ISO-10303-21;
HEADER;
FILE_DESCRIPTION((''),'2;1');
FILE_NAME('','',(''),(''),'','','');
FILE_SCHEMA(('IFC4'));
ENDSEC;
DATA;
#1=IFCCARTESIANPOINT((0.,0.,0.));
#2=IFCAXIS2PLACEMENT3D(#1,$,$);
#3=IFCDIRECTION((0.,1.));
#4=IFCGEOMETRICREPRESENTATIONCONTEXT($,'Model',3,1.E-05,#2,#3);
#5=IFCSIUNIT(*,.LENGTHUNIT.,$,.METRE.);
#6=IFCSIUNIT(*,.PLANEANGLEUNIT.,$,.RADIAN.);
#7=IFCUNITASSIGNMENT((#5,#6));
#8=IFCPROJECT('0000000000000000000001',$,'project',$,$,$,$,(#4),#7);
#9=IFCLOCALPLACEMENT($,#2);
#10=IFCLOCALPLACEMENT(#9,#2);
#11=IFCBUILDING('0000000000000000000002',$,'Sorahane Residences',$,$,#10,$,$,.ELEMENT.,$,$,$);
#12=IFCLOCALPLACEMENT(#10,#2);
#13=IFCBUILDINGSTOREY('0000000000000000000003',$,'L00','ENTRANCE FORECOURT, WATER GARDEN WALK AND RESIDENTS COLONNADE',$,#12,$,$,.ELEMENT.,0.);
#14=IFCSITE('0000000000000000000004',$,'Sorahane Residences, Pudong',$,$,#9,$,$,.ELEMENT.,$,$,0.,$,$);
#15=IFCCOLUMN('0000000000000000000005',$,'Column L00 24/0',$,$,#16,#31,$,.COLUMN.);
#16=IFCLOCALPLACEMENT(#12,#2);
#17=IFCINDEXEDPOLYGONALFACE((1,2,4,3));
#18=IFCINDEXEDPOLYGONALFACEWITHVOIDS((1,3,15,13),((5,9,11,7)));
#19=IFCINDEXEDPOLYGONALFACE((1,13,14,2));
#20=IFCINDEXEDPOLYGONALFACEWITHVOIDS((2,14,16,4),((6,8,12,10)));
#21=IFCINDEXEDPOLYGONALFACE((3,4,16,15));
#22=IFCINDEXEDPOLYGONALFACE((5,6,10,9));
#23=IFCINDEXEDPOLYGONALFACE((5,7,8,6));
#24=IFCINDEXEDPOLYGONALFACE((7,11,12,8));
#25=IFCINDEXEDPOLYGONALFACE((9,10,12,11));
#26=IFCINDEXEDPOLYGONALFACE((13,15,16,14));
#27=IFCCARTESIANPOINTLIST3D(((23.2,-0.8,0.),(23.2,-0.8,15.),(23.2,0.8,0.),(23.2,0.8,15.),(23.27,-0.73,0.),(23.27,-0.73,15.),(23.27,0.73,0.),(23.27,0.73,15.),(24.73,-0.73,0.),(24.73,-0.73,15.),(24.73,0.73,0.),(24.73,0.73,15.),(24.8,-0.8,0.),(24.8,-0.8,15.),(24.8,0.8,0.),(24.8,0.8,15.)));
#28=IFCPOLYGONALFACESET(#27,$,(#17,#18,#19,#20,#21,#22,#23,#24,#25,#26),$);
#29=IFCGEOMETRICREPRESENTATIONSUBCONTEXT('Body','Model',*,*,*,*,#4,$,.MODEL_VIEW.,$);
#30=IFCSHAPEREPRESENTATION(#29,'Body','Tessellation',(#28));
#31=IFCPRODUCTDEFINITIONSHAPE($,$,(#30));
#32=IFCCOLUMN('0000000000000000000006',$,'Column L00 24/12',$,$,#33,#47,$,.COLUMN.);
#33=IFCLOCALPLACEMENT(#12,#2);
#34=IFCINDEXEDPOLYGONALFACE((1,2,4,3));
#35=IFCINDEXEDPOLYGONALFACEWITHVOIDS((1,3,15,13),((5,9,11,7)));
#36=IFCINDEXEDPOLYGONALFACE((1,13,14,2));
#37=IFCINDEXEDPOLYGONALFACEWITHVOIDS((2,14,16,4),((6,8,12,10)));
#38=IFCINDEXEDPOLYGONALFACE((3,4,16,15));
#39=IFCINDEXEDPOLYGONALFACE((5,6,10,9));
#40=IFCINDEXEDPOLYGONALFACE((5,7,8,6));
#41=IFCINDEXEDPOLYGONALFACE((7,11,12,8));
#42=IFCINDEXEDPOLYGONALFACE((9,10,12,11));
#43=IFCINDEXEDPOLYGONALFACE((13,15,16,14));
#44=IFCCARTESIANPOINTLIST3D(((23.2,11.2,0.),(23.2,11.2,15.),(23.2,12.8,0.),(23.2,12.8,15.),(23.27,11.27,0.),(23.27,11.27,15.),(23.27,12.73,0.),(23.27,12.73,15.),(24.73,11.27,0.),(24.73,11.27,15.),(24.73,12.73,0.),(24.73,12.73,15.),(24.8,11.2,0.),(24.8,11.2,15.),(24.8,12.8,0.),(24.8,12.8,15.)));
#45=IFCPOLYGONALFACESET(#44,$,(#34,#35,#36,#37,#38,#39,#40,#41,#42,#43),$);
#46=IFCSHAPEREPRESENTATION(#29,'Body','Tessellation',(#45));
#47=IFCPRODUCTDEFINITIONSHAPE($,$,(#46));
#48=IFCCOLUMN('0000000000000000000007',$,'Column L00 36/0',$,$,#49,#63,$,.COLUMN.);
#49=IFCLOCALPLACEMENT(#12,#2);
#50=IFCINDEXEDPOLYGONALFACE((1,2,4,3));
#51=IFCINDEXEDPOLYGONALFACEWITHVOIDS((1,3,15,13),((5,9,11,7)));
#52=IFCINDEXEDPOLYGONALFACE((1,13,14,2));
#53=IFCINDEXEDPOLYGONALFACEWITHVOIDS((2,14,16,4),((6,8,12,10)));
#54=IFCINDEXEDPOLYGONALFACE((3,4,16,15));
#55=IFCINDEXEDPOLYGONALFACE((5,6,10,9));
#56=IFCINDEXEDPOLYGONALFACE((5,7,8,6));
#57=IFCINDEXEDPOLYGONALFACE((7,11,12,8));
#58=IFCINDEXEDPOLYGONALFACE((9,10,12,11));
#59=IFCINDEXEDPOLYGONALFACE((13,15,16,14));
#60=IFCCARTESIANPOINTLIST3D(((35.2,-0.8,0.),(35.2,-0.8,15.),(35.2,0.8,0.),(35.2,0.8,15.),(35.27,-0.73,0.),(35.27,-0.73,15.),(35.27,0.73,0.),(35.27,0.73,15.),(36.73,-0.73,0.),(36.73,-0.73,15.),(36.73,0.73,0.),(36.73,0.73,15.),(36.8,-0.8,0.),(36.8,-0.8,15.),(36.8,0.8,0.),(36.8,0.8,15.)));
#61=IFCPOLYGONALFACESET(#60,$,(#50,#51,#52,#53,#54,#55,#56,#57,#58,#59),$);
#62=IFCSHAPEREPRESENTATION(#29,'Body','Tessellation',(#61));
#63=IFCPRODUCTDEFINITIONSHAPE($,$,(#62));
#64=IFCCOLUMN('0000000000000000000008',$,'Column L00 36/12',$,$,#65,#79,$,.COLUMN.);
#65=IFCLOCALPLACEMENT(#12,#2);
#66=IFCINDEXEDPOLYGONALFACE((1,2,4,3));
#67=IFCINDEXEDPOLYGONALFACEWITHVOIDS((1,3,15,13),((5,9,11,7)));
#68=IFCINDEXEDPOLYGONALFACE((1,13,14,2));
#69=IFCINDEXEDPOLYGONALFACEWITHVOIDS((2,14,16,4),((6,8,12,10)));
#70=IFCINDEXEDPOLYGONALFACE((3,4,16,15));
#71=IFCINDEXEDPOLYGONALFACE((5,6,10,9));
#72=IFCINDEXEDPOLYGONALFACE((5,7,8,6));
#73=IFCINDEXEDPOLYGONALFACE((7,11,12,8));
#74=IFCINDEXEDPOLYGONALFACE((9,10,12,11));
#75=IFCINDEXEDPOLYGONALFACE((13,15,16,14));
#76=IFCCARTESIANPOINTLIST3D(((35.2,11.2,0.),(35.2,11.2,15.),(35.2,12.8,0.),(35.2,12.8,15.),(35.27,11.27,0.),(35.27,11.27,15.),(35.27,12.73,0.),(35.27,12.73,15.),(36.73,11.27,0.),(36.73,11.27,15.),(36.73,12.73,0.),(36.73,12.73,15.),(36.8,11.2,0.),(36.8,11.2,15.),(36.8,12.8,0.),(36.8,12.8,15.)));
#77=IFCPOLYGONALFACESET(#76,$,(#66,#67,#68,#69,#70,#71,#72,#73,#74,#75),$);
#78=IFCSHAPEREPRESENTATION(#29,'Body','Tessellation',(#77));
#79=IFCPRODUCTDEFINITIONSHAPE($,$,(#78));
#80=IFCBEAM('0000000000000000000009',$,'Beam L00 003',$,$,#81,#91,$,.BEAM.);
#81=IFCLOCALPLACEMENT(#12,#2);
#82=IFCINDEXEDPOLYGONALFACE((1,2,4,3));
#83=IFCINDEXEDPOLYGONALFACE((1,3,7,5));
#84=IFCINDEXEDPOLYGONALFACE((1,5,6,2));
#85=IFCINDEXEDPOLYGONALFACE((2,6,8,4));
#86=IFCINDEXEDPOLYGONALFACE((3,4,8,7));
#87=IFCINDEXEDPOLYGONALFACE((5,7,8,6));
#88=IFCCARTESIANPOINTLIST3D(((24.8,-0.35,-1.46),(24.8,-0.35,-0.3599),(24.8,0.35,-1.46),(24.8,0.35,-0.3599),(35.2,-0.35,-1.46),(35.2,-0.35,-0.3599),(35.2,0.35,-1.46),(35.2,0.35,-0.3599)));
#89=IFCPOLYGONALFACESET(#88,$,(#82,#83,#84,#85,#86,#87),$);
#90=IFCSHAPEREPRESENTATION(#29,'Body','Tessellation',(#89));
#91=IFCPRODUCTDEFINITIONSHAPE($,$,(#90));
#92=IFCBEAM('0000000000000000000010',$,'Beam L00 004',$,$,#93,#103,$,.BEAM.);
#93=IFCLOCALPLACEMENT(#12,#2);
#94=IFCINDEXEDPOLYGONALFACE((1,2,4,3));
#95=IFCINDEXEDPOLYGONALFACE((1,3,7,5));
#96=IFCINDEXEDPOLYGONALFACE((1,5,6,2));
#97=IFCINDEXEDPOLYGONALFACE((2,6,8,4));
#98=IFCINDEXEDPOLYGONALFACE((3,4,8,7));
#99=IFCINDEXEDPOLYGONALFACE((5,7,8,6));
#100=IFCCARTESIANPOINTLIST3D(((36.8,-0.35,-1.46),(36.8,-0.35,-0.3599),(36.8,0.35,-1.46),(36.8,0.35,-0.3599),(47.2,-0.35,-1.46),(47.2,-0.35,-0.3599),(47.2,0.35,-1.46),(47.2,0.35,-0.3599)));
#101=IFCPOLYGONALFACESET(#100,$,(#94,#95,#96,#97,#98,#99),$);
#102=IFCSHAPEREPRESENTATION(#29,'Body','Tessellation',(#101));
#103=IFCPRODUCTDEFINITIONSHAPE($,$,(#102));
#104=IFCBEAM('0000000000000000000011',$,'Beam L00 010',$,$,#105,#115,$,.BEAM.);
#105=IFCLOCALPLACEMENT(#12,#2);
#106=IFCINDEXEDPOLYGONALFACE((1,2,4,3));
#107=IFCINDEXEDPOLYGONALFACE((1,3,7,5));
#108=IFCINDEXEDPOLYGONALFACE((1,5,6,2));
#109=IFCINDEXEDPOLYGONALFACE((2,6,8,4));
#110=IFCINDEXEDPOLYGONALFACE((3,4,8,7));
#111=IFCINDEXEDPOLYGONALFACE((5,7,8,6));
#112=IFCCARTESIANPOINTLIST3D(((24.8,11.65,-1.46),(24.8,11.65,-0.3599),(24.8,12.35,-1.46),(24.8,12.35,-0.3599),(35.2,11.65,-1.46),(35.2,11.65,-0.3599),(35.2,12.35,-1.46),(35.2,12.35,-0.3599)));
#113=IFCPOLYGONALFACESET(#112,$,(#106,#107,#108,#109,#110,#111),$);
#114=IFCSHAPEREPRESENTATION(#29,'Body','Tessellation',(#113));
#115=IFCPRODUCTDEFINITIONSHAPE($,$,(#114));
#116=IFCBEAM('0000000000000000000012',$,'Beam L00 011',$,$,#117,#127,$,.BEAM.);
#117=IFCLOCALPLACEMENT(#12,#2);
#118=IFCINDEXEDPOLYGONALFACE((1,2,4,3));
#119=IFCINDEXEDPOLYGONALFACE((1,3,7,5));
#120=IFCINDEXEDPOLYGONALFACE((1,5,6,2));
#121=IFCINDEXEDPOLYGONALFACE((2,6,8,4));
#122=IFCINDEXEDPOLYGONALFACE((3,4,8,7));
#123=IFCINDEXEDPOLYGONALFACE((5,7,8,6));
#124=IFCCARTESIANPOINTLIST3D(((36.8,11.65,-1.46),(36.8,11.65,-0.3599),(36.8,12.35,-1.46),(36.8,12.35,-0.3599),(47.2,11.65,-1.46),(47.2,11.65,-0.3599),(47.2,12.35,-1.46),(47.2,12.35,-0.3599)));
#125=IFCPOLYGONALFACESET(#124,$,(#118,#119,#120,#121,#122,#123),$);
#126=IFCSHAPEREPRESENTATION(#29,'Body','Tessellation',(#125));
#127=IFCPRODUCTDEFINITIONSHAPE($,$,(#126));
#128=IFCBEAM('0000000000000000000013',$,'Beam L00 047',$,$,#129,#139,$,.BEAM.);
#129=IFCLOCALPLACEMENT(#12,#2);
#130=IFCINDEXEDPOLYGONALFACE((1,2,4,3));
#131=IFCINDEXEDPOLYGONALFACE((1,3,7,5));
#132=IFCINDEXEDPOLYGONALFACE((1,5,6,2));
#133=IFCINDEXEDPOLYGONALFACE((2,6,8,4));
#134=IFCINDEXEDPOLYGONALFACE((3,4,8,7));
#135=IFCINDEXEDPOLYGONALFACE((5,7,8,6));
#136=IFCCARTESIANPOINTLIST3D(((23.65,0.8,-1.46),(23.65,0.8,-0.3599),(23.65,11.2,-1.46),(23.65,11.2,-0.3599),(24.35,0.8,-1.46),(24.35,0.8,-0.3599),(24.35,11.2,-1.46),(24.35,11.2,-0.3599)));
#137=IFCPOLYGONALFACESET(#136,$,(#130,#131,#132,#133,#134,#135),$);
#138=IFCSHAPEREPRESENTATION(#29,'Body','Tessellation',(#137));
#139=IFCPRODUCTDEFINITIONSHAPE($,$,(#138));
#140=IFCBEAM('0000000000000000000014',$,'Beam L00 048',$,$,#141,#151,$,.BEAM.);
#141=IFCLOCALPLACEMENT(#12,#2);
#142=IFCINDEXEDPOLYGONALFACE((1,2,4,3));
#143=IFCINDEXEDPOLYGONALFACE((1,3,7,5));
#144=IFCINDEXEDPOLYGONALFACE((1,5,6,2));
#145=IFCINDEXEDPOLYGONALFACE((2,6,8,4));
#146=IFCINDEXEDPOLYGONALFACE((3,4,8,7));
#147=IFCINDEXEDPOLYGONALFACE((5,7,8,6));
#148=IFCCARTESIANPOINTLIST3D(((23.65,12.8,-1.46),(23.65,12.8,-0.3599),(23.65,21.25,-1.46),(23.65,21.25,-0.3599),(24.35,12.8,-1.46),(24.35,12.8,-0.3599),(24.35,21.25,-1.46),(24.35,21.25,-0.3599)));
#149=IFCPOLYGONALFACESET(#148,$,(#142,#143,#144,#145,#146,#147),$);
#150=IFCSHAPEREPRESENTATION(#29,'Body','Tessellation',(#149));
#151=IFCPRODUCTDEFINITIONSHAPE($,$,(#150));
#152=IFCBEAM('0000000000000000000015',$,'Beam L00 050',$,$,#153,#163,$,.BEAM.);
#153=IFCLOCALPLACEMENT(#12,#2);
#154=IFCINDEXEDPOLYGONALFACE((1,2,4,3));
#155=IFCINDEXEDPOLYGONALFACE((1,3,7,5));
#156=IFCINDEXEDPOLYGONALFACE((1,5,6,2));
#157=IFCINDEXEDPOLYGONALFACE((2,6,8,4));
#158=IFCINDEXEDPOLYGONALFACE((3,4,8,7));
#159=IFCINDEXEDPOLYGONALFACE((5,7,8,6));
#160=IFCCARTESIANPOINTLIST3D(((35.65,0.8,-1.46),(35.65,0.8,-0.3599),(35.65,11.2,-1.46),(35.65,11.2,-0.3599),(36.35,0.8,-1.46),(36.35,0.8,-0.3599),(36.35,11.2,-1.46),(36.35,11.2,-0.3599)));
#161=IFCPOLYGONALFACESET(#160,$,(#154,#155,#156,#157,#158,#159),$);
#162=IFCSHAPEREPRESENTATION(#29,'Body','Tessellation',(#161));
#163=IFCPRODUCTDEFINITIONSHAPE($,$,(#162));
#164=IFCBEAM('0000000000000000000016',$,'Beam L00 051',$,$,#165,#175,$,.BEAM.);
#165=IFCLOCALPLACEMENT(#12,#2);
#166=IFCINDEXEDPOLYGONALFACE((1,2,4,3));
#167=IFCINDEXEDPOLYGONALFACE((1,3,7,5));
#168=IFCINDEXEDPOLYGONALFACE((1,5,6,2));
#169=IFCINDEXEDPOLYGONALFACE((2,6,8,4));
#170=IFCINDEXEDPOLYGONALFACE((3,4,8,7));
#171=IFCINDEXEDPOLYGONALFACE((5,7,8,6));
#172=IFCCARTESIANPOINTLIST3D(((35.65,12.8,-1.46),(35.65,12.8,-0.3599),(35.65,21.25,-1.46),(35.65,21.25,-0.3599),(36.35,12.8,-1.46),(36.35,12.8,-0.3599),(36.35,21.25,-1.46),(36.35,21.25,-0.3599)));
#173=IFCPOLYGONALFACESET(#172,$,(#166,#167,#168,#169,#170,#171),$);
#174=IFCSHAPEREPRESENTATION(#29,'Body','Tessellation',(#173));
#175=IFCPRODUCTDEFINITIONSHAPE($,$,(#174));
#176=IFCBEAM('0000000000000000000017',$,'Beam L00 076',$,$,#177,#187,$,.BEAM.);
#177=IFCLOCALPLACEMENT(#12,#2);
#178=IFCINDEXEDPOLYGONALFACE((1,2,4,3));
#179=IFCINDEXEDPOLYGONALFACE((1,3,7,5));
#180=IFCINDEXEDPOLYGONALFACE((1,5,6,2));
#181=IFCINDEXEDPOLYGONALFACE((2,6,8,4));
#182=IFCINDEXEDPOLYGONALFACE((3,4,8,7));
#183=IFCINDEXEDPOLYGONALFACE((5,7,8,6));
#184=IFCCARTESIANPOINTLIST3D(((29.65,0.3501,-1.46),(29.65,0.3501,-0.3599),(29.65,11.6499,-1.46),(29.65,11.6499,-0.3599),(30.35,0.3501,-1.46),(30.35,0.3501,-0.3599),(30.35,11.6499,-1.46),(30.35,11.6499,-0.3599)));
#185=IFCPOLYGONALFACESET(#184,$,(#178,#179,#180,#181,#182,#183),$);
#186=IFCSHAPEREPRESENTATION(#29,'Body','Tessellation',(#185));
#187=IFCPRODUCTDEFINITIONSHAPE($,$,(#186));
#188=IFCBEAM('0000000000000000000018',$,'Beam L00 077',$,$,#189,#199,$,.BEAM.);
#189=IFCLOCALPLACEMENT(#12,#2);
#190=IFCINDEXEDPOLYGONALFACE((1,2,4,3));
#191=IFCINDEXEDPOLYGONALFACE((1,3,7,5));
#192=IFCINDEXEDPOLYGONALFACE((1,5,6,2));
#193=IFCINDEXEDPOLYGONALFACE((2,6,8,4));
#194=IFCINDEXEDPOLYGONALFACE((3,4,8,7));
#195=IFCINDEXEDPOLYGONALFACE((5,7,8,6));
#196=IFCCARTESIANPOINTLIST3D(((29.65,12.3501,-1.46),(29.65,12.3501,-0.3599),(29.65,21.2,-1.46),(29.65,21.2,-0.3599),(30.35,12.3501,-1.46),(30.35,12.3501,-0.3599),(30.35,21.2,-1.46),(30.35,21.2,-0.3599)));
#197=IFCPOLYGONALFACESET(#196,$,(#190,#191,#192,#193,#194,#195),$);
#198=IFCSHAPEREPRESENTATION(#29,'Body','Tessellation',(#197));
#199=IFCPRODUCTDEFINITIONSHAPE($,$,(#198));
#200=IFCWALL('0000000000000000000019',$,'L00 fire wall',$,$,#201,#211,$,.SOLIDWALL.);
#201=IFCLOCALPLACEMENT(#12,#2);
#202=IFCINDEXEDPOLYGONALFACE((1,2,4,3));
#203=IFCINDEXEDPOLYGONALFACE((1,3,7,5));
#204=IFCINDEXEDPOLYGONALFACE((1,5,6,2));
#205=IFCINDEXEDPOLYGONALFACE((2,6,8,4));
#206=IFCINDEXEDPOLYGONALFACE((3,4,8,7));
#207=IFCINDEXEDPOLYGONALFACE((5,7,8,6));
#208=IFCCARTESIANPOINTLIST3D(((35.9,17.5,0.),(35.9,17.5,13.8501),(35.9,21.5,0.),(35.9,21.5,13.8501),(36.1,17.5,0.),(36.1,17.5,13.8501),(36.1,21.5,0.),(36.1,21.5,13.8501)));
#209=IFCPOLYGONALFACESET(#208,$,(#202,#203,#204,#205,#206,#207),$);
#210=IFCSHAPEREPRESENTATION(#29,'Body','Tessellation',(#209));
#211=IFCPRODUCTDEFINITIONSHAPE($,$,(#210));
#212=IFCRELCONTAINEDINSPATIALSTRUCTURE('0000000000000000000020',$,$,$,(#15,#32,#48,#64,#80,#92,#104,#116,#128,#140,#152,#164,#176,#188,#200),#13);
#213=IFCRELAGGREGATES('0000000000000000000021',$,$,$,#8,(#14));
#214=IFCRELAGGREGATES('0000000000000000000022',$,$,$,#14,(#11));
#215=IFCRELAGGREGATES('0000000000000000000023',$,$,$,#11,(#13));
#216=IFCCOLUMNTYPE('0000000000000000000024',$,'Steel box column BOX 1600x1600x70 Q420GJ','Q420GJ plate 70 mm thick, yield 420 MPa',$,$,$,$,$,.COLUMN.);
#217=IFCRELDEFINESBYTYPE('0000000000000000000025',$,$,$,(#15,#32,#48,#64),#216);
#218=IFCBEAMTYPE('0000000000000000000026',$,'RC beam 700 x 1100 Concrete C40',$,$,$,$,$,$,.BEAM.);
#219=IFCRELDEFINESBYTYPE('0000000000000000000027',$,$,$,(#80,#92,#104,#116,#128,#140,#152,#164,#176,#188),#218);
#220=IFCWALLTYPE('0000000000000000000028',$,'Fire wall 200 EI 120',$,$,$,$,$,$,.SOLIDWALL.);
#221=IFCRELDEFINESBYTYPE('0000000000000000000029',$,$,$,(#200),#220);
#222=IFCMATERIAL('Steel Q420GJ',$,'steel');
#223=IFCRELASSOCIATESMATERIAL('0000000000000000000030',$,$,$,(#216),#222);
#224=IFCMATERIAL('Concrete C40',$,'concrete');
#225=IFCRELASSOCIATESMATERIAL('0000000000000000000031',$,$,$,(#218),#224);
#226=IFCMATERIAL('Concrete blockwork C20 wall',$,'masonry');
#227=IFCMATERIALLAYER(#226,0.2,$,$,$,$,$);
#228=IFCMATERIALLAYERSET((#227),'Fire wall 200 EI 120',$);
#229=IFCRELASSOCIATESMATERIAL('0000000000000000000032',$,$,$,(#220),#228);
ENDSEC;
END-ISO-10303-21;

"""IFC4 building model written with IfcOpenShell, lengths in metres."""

from ifc_helpers import new_model, si_unit, direction, frame, frame_2d, origin, origin_2d, place, context, subcontext, project, spatial, rectangle, hollow_rectangle, extrude, material, layer, layer_set, material_profile, profile_set, type_object, element, save


model = new_model("IFC4")

# Units and contexts
model_context = context("Model", 3, precision=1e-05, world=origin(), true_north=direction((0.0, 1.0)))
body_context = subcontext(model_context, "Body", "Model", "MODEL_VIEW")
ifc_project = project(units=[si_unit("LENGTHUNIT", "METRE"), si_unit("PLANEANGLEUNIT", "RADIAN")], contexts=[model_context])

# Site, building, storey
site_placement = place(None, origin())
site = spatial("IfcSite", under=ifc_project, at=site_placement, Name="Sorahane Residences, Pudong", CompositionType="ELEMENT", RefElevation=0.0)
building_placement = place(site_placement, origin())
building = spatial("IfcBuilding", under=site, at=building_placement, Name="Sorahane Residences", CompositionType="ELEMENT")
storey_placement = place(building_placement, origin())
storey = spatial("IfcBuildingStorey", under=building, at=storey_placement, Name="L00", Description="ENTRANCE FORECOURT, WATER GARDEN WALK AND RESIDENTS COLONNADE", CompositionType="ELEMENT", Elevation=0.0)

# Columns
ifc_material_1 = material(Name="Steel Q420GJ", Category="steel")
ifc_material_profile_1 = material_profile(ifc_material_1, hollow_rectangle(XDim=1.6001, YDim=1.6001, WallThickness=0.0701, at=origin_2d()), Name="BOX 1600x1600x70")
ifc_profile_set_1 = profile_set([ifc_material_profile_1], Name="Steel Q420GJ")
column_type = type_object("IfcColumnType", Name="Steel box column BOX 1600x1600x70 Q420GJ", Description="Q420GJ plate 70 mm thick, yield 420 MPa", PredefinedType="COLUMN", material=ifc_profile_set_1)
for number, where, z_axis, x_axis, name in (
    (1, (24.0, 0.0, 0.0), (0.0, 0.0, 1.0), (1.0, 0.0, 0.0), "Column L00 24/0"),
    (2, (24.0, 12.0, 0.0), (0.0, 0.0, 1.0), (1.0, 0.0, 0.0), "Column L00 24/12"),
    (3, (36.0, 0.0, 0.0), (0.0, 0.0, 1.0), (1.0, 0.0, 0.0), "Column L00 36/0"),
    (4, (36.0, 12.0, 0.0), (0.0, 0.0, 1.0), (1.0, 0.0, 0.0), "Column L00 36/12"),
):
    element("IfcColumn", number, at=place(storey_placement, frame(where, z_axis=z_axis, x_axis=x_axis)), inside=storey, type_object=column_type, Name=name, PredefinedType="COLUMN", context=body_context, shape_type="SweptSolid", body=[
        extrude(hollow_rectangle(XDim=1.6001, YDim=1.6001, WallThickness=0.0701, at=origin_2d()), origin(), (0.0, 0.0, 1.0), 15.0),
    ])

# Beams
ifc_material_2 = material(Name="Concrete C40", Category="concrete")
ifc_material_profile_2 = material_profile(ifc_material_2, rectangle(XDim=0.7, YDim=1.1001, at=origin_2d()), Name="700x1100")
ifc_profile_set_2 = profile_set([ifc_material_profile_2], Name="Concrete C40")
beam_type = type_object("IfcBeamType", Name="RC beam 700 x 1100 Concrete C40", PredefinedType="BEAM", material=ifc_profile_set_2)
for number, where, z_axis, x_axis, name in (
    (5, (24.8, 0.0, -0.9099), (1.0, 0.0, 0.0), (0.0, 1.0, 0.0), "Beam L00 003"),
    (6, (36.8, 0.0, -0.9099), (1.0, 0.0, 0.0), (0.0, 1.0, 0.0), "Beam L00 004"),
    (7, (24.8, 12.0, -0.9099), (1.0, 0.0, 0.0), (0.0, 1.0, 0.0), "Beam L00 010"),
    (8, (36.8, 12.0, -0.9099), (1.0, 0.0, 0.0), (0.0, 1.0, 0.0), "Beam L00 011"),
    (9, (24.0, 0.8, -0.9099), (0.0, 1.0, 0.0), (-1.0, 0.0, 0.0), "Beam L00 047"),
):
    element("IfcBeam", number, at=place(storey_placement, frame(where, z_axis=z_axis, x_axis=x_axis)), inside=storey, type_object=beam_type, Name=name, PredefinedType="BEAM", context=body_context, shape_type="SweptSolid", body=[
        extrude(rectangle(XDim=0.7, YDim=1.1001, at=origin_2d()), origin(), (0.0, 0.0, 1.0), 10.3999),
    ])
beam_1_placement = place(storey_placement, frame((24.0, 12.8, -0.9099), z_axis=(0.0, 1.0, 0.0), x_axis=(-1.0, 0.0, 0.0)))
element("IfcBeam", 10, at=beam_1_placement, inside=storey, type_object=beam_type, Name="Beam L00 048", PredefinedType="BEAM", context=body_context, shape_type="SweptSolid", body=[
    extrude(rectangle(XDim=0.7, YDim=1.1001, at=origin_2d()), origin(), (0.0, 0.0, 1.0), 8.45),
])
beam_2_placement = place(storey_placement, frame((36.0, 0.8, -0.9099), z_axis=(0.0, 1.0, 0.0), x_axis=(-1.0, 0.0, 0.0)))
element("IfcBeam", 11, at=beam_2_placement, inside=storey, type_object=beam_type, Name="Beam L00 050", PredefinedType="BEAM", context=body_context, shape_type="SweptSolid", body=[
    extrude(rectangle(XDim=0.7, YDim=1.1001, at=origin_2d()), origin(), (0.0, 0.0, 1.0), 10.3999),
])
beam_3_placement = place(storey_placement, frame((36.0, 12.8, -0.9099), z_axis=(0.0, 1.0, 0.0), x_axis=(-1.0, 0.0, 0.0)))
element("IfcBeam", 12, at=beam_3_placement, inside=storey, type_object=beam_type, Name="Beam L00 051", PredefinedType="BEAM", context=body_context, shape_type="SweptSolid", body=[
    extrude(rectangle(XDim=0.7, YDim=1.1001, at=origin_2d()), origin(), (0.0, 0.0, 1.0), 8.45),
])
beam_4_placement = place(storey_placement, frame((30.0, 0.3501, -0.9099), z_axis=(0.0, 1.0, 0.0), x_axis=(-1.0, 0.0, 0.0)))
element("IfcBeam", 13, at=beam_4_placement, inside=storey, type_object=beam_type, Name="Beam L00 076", PredefinedType="BEAM", context=body_context, shape_type="SweptSolid", body=[
    extrude(rectangle(XDim=0.7, YDim=1.1001, at=origin_2d()), origin(), (0.0, 0.0, 1.0), 11.2998),
])
beam_5_placement = place(storey_placement, frame((30.0, 12.3501, -0.9099), z_axis=(0.0, 1.0, 0.0), x_axis=(-1.0, 0.0, 0.0)))
element("IfcBeam", 14, at=beam_5_placement, inside=storey, type_object=beam_type, Name="Beam L00 077", PredefinedType="BEAM", context=body_context, shape_type="SweptSolid", body=[
    extrude(rectangle(XDim=0.7, YDim=1.1001, at=origin_2d()), origin(), (0.0, 0.0, 1.0), 8.8499),
])

# Wall
ifc_material_3 = material(Name="Concrete blockwork C20 wall", Category="masonry")
ifc_layer_1 = layer(ifc_material_3, 0.2)
ifc_layer_set_1 = layer_set([ifc_layer_1], Name="Fire wall 200 EI 120")
wall_type_1 = type_object("IfcWallType", Name="Fire wall 200 EI 120", PredefinedType="SOLIDWALL", material=ifc_layer_set_1)
wall_1_placement = place(storey_placement, frame((36.0, 17.5, 0.0), z_axis=(0.0, 0.0, 1.0), x_axis=(0.0, 1.0, 0.0)))
element("IfcWall", 15, at=wall_1_placement, inside=storey, type_object=wall_type_1, Name="L00 fire wall", PredefinedType="SOLIDWALL", context=body_context, shape_type="SweptSolid", body=[
    extrude(rectangle(XDim=4.0, YDim=0.2, at=frame_2d((2.0, 0.0))), origin(), (0.0, 0.0, 1.0), 13.8501),
])

save(model, "model.ifc")
